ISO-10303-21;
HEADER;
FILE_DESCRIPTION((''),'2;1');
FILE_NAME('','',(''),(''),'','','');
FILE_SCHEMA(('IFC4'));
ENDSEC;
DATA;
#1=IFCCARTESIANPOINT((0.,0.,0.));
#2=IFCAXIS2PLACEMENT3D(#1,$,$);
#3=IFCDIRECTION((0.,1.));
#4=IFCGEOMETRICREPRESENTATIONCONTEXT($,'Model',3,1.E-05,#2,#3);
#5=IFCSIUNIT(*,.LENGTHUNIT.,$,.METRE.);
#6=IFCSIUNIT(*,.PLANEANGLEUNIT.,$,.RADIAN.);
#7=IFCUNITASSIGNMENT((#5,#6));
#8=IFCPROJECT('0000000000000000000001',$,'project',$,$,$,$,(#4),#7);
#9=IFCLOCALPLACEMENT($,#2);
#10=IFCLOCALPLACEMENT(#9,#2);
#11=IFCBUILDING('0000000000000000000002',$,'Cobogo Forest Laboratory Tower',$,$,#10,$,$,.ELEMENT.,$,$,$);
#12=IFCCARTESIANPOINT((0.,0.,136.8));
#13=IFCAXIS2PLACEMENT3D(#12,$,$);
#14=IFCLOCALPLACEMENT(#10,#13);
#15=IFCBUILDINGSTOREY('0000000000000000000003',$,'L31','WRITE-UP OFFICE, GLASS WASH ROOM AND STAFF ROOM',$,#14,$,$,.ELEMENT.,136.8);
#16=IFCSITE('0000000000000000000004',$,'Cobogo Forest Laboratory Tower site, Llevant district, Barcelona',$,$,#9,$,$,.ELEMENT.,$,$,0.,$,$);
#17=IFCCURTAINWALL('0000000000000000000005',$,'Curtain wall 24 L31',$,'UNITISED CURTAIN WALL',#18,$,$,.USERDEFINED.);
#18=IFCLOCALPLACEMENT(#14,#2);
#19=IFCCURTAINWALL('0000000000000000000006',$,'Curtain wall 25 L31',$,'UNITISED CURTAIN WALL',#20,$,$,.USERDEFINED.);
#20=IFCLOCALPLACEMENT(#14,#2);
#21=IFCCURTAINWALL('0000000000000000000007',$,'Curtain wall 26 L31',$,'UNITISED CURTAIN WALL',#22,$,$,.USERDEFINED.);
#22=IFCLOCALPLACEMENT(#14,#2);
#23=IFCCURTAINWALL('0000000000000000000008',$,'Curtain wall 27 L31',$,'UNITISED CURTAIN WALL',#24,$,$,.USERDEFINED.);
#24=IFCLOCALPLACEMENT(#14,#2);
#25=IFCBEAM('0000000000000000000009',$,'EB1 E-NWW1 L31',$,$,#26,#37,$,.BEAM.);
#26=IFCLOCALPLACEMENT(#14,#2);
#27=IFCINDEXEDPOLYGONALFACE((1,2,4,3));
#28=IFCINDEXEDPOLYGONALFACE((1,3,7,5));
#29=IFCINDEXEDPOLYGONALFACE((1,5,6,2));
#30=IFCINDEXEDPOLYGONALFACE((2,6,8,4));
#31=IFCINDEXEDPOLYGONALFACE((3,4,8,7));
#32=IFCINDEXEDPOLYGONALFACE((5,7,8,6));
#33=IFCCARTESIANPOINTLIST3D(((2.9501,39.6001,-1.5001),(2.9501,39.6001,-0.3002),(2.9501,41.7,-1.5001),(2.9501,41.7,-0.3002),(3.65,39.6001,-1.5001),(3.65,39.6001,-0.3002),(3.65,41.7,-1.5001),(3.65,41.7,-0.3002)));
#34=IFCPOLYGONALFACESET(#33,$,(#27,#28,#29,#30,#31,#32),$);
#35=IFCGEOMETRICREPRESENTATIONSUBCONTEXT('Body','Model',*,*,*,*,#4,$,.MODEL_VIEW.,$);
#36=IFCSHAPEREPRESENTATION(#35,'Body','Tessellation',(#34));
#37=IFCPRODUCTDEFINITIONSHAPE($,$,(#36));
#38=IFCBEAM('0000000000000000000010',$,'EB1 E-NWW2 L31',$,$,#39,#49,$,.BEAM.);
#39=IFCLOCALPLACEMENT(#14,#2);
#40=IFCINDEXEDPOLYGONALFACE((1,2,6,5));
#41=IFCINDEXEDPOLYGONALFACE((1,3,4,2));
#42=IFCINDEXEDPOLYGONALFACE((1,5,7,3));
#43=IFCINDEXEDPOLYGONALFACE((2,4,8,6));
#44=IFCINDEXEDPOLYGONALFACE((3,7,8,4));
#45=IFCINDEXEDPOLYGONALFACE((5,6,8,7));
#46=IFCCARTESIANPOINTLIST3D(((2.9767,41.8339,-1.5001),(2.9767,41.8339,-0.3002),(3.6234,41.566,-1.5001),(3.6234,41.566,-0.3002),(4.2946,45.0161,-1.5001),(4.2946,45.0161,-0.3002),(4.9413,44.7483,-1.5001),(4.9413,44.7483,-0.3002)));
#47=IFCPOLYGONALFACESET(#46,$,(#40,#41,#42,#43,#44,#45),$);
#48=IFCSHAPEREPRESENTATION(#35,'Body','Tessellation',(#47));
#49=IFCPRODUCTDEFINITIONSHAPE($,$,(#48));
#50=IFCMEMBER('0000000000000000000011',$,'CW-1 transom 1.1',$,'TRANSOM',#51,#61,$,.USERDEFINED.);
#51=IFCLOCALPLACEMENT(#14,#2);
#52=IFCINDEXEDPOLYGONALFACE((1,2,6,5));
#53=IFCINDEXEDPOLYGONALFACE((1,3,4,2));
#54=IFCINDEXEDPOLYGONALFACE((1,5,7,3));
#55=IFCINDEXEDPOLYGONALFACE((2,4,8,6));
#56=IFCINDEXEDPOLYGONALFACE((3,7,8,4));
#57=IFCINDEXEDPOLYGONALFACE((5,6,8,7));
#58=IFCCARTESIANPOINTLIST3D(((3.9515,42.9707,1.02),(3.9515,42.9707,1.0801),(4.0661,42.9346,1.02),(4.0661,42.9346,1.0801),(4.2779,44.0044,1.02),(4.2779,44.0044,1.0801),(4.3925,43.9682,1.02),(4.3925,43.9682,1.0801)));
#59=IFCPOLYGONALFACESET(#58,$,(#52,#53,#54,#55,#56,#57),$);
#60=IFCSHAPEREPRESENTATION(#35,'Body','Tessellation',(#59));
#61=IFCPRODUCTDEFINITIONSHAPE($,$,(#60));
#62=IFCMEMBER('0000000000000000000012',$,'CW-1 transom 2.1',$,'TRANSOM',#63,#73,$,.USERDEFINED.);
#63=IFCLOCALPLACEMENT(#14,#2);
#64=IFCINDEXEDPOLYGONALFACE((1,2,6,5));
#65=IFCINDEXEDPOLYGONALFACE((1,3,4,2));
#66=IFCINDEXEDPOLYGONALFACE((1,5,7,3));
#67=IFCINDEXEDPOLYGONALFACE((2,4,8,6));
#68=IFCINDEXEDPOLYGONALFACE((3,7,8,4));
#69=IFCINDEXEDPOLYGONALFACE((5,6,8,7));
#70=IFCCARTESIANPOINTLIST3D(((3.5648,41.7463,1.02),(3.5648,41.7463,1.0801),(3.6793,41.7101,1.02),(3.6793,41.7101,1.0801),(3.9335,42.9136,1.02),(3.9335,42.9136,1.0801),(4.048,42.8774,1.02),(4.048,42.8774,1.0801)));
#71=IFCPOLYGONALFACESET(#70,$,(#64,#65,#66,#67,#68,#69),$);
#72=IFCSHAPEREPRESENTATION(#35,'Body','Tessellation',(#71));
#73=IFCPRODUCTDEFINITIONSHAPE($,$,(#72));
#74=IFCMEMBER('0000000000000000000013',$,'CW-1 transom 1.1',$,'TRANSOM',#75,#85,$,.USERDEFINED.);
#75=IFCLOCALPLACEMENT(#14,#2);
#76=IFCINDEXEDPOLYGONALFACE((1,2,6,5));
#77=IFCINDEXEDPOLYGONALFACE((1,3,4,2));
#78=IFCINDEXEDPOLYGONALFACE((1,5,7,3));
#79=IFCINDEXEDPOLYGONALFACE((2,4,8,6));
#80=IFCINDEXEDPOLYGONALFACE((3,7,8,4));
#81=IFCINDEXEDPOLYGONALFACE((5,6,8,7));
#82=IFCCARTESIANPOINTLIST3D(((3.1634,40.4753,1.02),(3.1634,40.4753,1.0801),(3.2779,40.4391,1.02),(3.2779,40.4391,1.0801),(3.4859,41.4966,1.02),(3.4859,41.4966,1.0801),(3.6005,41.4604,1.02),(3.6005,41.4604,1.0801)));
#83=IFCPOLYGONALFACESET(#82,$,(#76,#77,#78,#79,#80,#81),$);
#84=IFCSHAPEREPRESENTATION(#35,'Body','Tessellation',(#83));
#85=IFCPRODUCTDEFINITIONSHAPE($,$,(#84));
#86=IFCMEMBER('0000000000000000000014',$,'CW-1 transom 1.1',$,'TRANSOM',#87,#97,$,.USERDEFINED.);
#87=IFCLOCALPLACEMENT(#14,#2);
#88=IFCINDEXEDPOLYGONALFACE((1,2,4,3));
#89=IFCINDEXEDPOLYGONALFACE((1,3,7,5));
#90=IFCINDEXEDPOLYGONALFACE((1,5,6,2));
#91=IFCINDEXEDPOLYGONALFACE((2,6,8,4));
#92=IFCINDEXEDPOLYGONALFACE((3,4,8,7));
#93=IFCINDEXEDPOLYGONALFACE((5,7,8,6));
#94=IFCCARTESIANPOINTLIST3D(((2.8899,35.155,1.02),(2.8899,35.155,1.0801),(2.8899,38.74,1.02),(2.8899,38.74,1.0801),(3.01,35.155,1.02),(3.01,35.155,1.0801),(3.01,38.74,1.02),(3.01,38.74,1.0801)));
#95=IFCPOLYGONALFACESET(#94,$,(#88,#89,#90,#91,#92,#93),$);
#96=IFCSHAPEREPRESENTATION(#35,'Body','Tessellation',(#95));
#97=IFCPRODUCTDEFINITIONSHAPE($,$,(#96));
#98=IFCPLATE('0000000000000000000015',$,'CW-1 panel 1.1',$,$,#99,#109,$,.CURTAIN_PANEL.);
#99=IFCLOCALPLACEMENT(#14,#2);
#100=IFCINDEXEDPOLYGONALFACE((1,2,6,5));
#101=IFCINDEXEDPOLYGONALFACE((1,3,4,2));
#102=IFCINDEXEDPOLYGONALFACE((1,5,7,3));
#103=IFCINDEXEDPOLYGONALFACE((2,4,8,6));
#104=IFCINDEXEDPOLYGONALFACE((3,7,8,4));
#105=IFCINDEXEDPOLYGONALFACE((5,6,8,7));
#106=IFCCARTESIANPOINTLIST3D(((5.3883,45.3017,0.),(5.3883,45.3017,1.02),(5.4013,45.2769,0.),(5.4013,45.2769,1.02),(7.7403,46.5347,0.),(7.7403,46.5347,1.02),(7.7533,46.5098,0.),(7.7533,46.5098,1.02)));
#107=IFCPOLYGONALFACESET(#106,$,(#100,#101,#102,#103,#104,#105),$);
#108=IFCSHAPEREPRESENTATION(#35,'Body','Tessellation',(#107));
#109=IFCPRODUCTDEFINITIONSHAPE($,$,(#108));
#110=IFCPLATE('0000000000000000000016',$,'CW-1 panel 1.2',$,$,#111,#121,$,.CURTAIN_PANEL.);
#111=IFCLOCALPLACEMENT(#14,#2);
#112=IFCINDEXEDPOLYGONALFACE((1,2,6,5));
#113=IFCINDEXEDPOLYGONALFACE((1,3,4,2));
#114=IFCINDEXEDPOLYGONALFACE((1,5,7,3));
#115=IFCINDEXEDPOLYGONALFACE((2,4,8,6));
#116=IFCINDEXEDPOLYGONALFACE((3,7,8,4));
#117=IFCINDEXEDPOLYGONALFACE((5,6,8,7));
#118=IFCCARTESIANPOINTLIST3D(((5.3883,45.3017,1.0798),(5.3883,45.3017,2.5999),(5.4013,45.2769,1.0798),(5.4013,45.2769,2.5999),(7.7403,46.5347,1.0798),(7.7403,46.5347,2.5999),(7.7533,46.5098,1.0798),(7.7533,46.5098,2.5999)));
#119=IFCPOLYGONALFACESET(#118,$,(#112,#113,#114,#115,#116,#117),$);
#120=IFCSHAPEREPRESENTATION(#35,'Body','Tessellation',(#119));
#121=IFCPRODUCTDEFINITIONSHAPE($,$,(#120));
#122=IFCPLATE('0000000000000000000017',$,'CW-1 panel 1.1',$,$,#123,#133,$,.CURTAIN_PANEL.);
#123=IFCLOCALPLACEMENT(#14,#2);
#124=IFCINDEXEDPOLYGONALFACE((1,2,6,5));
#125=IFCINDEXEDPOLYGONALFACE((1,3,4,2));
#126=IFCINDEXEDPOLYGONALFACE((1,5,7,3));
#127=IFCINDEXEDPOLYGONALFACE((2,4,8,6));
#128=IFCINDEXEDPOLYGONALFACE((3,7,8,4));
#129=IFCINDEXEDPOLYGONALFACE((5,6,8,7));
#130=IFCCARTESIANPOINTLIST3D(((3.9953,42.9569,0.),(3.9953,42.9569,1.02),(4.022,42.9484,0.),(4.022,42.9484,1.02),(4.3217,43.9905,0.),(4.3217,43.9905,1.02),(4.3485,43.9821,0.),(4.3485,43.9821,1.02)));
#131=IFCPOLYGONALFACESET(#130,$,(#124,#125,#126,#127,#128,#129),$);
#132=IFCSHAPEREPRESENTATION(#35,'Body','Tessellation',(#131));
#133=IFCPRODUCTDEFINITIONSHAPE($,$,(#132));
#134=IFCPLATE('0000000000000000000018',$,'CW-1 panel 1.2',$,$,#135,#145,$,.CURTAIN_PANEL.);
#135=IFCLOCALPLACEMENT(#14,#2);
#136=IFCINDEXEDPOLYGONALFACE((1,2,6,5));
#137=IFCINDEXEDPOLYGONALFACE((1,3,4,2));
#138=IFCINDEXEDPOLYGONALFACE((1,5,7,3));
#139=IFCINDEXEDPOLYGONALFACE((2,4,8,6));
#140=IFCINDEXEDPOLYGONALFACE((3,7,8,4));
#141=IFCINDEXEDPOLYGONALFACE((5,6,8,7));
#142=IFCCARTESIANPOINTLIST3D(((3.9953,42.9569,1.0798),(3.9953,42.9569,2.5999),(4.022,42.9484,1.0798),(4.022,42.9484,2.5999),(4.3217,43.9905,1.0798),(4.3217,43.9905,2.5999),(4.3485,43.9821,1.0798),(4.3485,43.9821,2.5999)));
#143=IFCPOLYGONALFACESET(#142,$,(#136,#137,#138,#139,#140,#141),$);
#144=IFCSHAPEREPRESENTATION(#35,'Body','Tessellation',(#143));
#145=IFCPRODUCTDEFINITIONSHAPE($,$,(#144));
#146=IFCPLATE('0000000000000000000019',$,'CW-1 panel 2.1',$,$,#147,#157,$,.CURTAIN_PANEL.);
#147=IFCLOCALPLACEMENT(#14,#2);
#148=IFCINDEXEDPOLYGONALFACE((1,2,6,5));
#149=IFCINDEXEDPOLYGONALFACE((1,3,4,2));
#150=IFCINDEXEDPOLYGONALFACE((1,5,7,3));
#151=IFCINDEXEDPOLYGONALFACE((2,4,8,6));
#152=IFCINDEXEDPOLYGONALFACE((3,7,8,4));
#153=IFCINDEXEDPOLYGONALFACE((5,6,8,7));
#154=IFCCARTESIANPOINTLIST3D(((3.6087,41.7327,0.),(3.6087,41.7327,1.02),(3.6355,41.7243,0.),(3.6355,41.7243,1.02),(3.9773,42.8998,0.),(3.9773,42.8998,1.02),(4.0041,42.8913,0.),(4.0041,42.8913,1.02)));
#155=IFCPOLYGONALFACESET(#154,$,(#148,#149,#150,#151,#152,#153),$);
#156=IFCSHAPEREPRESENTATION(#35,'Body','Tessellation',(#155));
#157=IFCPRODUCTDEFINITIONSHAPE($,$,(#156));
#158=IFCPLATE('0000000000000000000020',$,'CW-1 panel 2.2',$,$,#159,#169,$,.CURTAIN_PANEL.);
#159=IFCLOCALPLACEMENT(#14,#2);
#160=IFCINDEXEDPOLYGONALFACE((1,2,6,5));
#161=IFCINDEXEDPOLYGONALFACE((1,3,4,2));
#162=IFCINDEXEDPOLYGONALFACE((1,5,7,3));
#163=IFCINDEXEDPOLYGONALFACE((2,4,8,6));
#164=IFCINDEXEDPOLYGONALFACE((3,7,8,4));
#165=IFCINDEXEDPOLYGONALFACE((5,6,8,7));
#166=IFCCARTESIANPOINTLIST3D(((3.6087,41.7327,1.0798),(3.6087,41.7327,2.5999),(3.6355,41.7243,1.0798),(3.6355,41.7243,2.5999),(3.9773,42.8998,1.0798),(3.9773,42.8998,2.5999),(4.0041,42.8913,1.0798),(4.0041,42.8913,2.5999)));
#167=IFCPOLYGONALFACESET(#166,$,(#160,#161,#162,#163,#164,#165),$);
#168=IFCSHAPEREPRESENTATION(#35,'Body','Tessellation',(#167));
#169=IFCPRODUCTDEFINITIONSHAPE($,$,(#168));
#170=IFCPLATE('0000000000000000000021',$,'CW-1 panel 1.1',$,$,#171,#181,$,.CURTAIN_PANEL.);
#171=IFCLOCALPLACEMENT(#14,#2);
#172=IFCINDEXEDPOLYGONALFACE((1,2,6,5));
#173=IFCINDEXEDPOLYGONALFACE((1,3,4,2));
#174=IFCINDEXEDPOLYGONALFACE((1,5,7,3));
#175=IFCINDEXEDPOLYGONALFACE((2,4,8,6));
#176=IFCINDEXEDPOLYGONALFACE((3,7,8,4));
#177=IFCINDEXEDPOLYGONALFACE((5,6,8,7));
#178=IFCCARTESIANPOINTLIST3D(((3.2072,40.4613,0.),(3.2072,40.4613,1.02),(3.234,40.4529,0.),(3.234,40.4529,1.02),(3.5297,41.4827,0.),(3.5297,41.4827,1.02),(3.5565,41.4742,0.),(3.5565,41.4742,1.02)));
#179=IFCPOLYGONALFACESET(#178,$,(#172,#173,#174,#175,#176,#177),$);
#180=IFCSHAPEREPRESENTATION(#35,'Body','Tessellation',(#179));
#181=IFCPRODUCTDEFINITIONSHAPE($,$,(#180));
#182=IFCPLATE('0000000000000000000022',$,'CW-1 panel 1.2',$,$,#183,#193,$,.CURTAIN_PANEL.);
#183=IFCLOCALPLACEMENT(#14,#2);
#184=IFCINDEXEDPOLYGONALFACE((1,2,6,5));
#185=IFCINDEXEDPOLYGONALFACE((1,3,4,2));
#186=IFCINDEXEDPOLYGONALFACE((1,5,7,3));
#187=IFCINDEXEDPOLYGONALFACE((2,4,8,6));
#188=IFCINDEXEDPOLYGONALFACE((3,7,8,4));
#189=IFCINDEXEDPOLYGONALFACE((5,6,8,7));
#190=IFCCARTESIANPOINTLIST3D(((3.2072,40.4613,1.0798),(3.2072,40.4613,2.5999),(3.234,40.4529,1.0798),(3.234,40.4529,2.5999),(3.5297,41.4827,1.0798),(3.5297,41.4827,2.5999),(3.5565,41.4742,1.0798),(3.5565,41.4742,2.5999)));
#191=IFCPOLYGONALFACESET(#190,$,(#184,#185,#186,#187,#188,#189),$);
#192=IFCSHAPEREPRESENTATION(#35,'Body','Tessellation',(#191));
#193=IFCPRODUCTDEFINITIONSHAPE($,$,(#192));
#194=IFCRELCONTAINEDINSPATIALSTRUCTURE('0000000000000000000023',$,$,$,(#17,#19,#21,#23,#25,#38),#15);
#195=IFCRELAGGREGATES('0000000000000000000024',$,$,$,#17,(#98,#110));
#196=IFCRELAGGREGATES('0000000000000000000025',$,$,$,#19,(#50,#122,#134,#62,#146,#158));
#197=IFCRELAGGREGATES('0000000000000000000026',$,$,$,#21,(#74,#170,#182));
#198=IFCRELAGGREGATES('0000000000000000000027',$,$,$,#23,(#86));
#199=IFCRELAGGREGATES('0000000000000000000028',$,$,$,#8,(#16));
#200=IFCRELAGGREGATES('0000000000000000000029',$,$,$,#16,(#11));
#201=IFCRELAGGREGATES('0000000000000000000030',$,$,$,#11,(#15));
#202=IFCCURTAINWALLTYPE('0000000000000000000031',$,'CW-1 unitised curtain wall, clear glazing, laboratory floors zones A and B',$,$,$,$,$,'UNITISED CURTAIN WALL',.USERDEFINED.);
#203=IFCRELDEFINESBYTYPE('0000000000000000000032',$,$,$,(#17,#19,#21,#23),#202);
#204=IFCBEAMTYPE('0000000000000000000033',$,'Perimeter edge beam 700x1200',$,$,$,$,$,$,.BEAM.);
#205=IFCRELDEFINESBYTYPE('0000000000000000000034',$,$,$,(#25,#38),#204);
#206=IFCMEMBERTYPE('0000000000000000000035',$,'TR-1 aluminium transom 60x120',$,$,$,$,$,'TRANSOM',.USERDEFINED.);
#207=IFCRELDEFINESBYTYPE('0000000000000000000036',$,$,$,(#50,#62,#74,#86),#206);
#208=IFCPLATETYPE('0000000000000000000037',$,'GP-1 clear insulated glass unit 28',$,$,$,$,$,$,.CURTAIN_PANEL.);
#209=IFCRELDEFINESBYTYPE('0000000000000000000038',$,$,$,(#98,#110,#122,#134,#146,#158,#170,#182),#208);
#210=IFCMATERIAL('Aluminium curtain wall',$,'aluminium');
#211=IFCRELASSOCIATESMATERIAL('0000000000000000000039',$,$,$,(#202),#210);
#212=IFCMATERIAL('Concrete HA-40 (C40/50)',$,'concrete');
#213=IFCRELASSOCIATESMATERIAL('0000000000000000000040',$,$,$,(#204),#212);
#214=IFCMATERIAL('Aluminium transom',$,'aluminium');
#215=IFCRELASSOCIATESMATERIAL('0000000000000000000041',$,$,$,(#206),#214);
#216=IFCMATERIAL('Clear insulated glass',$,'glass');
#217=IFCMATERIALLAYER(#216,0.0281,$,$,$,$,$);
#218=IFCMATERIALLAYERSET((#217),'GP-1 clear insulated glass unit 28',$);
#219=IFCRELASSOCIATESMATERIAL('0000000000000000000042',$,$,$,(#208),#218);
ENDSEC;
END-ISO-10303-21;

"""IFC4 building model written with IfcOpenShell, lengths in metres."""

from ifc_helpers import new_model, si_unit, direction, frame, origin, origin_2d, place, context, subcontext, project, spatial, rectangle, extrude, material, layer, layer_set, material_profile, profile_set, type_object, element, aggregate, save


model = new_model("IFC4")

# Units and contexts
model_context = context("Model", 3, precision=1e-05, world=origin(), true_north=direction((0.0, 1.0)))
body_context = subcontext(model_context, "Body", "Model", "MODEL_VIEW")
ifc_project = project(units=[si_unit("LENGTHUNIT", "METRE"), si_unit("PLANEANGLEUNIT", "RADIAN")], contexts=[model_context])

# Site, building, storey
site_placement = place(None, origin())
site = spatial("IfcSite", under=ifc_project, at=site_placement, Name="Cobogo Forest Laboratory Tower site, Llevant district, Barcelona", CompositionType="ELEMENT", RefElevation=0.0)
building_placement = place(site_placement, origin())
building = spatial("IfcBuilding", under=site, at=building_placement, Name="Cobogo Forest Laboratory Tower", CompositionType="ELEMENT")
storey_placement = place(building_placement, frame((0.0, 0.0, 136.8)))
storey = spatial("IfcBuildingStorey", under=building, at=storey_placement, Name="L31", Description="WRITE-UP OFFICE, GLASS WASH ROOM AND STAFF ROOM", CompositionType="ELEMENT", Elevation=136.8)

# Curtain wall
ifc_material_1 = material(Name="Aluminium curtain wall", Category="aluminium")
curtain_wall_type = type_object("IfcCurtainWallType", Name="CW-1 unitised curtain wall, clear glazing, laboratory floors zones A and B", ElementType="UNITISED CURTAIN WALL", PredefinedType="USERDEFINED", material=ifc_material_1)
curtain_wall_1_placement = place(storey_placement, origin())
curtain_wall_1 = element("IfcCurtainWall", 1, at=curtain_wall_1_placement, inside=storey, type_object=curtain_wall_type, Name="Curtain wall 24 L31", ObjectType="UNITISED CURTAIN WALL", PredefinedType="USERDEFINED")

# Curtain walls
curtain_wall_2_placement = place(storey_placement, origin())
curtain_wall_2 = element("IfcCurtainWall", 2, at=curtain_wall_2_placement, inside=storey, type_object=curtain_wall_type, Name="Curtain wall 25 L31", ObjectType="UNITISED CURTAIN WALL", PredefinedType="USERDEFINED")
curtain_wall_3_placement = place(storey_placement, origin())
curtain_wall_3 = element("IfcCurtainWall", 3, at=curtain_wall_3_placement, inside=storey, type_object=curtain_wall_type, Name="Curtain wall 26 L31", ObjectType="UNITISED CURTAIN WALL", PredefinedType="USERDEFINED")
curtain_wall_4_placement = place(storey_placement, origin())
curtain_wall_4 = element("IfcCurtainWall", 4, at=curtain_wall_4_placement, inside=storey, type_object=curtain_wall_type, Name="Curtain wall 27 L31", ObjectType="UNITISED CURTAIN WALL", PredefinedType="USERDEFINED")

# Beams
ifc_material_2 = material(Name="Concrete HA-40 (C40/50)", Category="concrete")
ifc_material_profile_1 = material_profile(ifc_material_2, rectangle(XDim=0.7, YDim=1.2, at=origin_2d()), Name="RC 700x1200")
ifc_profile_set_1 = profile_set([ifc_material_profile_1], Name="Concrete HA-40 (C40/50)")
beam_type_1 = type_object("IfcBeamType", Name="Perimeter edge beam 700x1200", PredefinedType="BEAM", material=ifc_profile_set_1)
beam_1_placement = place(storey_placement, frame((3.3, 39.6001, -0.9001), z_axis=(0.0, 1.0, 0.0), x_axis=(-1.0, 0.0, 0.0)))
element("IfcBeam", 5, at=beam_1_placement, inside=storey, type_object=beam_type_1, Name="EB1 E-NWW1 L31", PredefinedType="BEAM", context=body_context, shape_type="SweptSolid", body=[
    extrude(rectangle(XDim=0.7, YDim=1.2, at=origin_2d()), origin(), (0.0, 0.0, 1.0), 2.0999),
])
beam_2_placement = place(storey_placement, frame((3.3, 41.7, -0.9001), z_axis=(0.382631, 0.923901, 0.0), x_axis=(-0.923901, 0.382631, 0.0)))
element("IfcBeam", 6, at=beam_2_placement, inside=storey, type_object=beam_type_1, Name="EB1 E-NWW2 L31", PredefinedType="BEAM", context=body_context, shape_type="SweptSolid", body=[
    extrude(rectangle(XDim=0.7, YDim=1.2, at=origin_2d()), origin(), (0.0, 0.0, 1.0), 3.4443),
])

# Members
ifc_material_3 = material(Name="Aluminium transom", Category="aluminium")
ifc_material_profile_2 = material_profile(ifc_material_3, rectangle(XDim=0.1201, YDim=0.0601, at=origin_2d()), Name="AL 60x120")
ifc_profile_set_2 = profile_set([ifc_material_profile_2], Name="Aluminium transom")
member_type_1 = type_object("IfcMemberType", Name="TR-1 aluminium transom 60x120", ElementType="TRANSOM", PredefinedType="USERDEFINED", material=ifc_profile_set_2)
member_1_placement = place(storey_placement, frame((4.3352, 43.9863, 1.05), z_axis=(-0.301121, -0.953586, 0.0), x_axis=(0.953586, -0.301121, 0.0)))
member_1 = element("IfcMember", 7, at=member_1_placement, type_object=member_type_1, Name="CW-1 transom 1.1", ObjectType="TRANSOM", PredefinedType="USERDEFINED", context=body_context, shape_type="SweptSolid", body=[
    extrude(rectangle(XDim=0.1201, YDim=0.0601, at=origin_2d()), origin(), (0.0, 0.0, 1.0), 1.084),
])
member_2_placement = place(storey_placement, frame((3.9907, 42.8955, 1.05), z_axis=(-0.30117, -0.953571, 0.0), x_axis=(0.953571, -0.30117, 0.0)))
member_2 = element("IfcMember", 8, at=member_2_placement, type_object=member_type_1, Name="CW-1 transom 2.1", ObjectType="TRANSOM", PredefinedType="USERDEFINED", context=body_context, shape_type="SweptSolid", body=[
    extrude(rectangle(XDim=0.1201, YDim=0.0601, at=origin_2d()), origin(), (0.0, 0.0, 1.0), 1.2241),
])
member_3_placement = place(storey_placement, frame((3.5432, 41.4785, 1.05), z_axis=(-0.301142, -0.953579, 0.0), x_axis=(0.953579, -0.301142, 0.0)))
member_3 = element("IfcMember", 9, at=member_3_placement, type_object=member_type_1, Name="CW-1 transom 1.1", ObjectType="TRANSOM", PredefinedType="USERDEFINED", context=body_context, shape_type="SweptSolid", body=[
    extrude(rectangle(XDim=0.1201, YDim=0.0601, at=origin_2d()), origin(), (0.0, 0.0, 1.0), 1.071),
])
member_4_placement = place(storey_placement, frame((2.95, 38.74, 1.05), z_axis=(0.0, -1.0, 0.0), x_axis=(1.0, 0.0, 0.0)))
member_4 = element("IfcMember", 10, at=member_4_placement, type_object=member_type_1, Name="CW-1 transom 1.1", ObjectType="TRANSOM", PredefinedType="USERDEFINED", context=body_context, shape_type="SweptSolid", body=[
    extrude(rectangle(XDim=0.1201, YDim=0.0601, at=origin_2d()), origin(), (0.0, 0.0, 1.0), 3.585),
])

# Plates
ifc_material_4 = material(Name="Clear insulated glass", Category="glass")
ifc_layer_1 = layer(ifc_material_4, 0.0281)
ifc_layer_set_1 = layer_set([ifc_layer_1], Name="GP-1 clear insulated glass unit 28")
plate_type = type_object("IfcPlateType", Name="GP-1 clear insulated glass unit 28", PredefinedType="CURTAIN_PANEL", material=ifc_layer_set_1)
plate_1_placement = place(storey_placement, frame((6.5708, 45.9058, 0.0), z_axis=(0.0, 0.0, 1.0), x_axis=(-0.885687, -0.464284, 0.0)))
plate_1 = element("IfcPlate", 11, at=plate_1_placement, type_object=plate_type, Name="CW-1 panel 1.1", PredefinedType="CURTAIN_PANEL", context=body_context, shape_type="SweptSolid", body=[
    extrude(rectangle(XDim=2.6555, YDim=0.0281, at=origin_2d()), origin(), (0.0, 0.0, 1.0), 1.02),
])
plate_2_placement = place(storey_placement, frame((6.5708, 45.9058, 1.0798), z_axis=(0.0, 0.0, 1.0), x_axis=(-0.885687, -0.464284, 0.0)))
plate_2 = element("IfcPlate", 12, at=plate_2_placement, type_object=plate_type, Name="CW-1 panel 1.2", PredefinedType="CURTAIN_PANEL", context=body_context, shape_type="SweptSolid", body=[
    extrude(rectangle(XDim=2.6555, YDim=0.0281, at=origin_2d()), origin(), (0.0, 0.0, 1.0), 1.52),
])
aggregate(curtain_wall_1, [plate_1, plate_2])
plate_3_placement = place(storey_placement, frame((4.1719, 43.4695, 0.0), z_axis=(0.0, 0.0, 1.0), x_axis=(-0.301135, -0.953581, 0.0)))
plate_3 = element("IfcPlate", 13, at=plate_3_placement, type_object=plate_type, Name="CW-1 panel 1.1", PredefinedType="CURTAIN_PANEL", context=body_context, shape_type="SweptSolid", body=[
    extrude(rectangle(XDim=1.084, YDim=0.0281, at=origin_2d()), origin(), (0.0, 0.0, 1.0), 1.02),
])
plate_4_placement = place(storey_placement, frame((4.1719, 43.4695, 1.0798), z_axis=(0.0, 0.0, 1.0), x_axis=(-0.301135, -0.953581, 0.0)))
plate_4 = element("IfcPlate", 14, at=plate_4_placement, type_object=plate_type, Name="CW-1 panel 1.2", PredefinedType="CURTAIN_PANEL", context=body_context, shape_type="SweptSolid", body=[
    extrude(rectangle(XDim=1.084, YDim=0.0281, at=origin_2d()), origin(), (0.0, 0.0, 1.0), 1.52),
])
plate_5_placement = place(storey_placement, frame((3.8064, 42.312, 0.0), z_axis=(0.0, 0.0, 1.0), x_axis=(-0.301135, -0.953581, 0.0)))
plate_5 = element("IfcPlate", 15, at=plate_5_placement, type_object=plate_type, Name="CW-1 panel 2.1", PredefinedType="CURTAIN_PANEL", context=body_context, shape_type="SweptSolid", body=[
    extrude(rectangle(XDim=1.2239, YDim=0.0281, at=origin_2d()), origin(), (0.0, 0.0, 1.0), 1.02),
])
plate_6_placement = place(storey_placement, frame((3.8064, 42.312, 1.0798), z_axis=(0.0, 0.0, 1.0), x_axis=(-0.301135, -0.953581, 0.0)))
plate_6 = element("IfcPlate", 16, at=plate_6_placement, type_object=plate_type, Name="CW-1 panel 2.2", PredefinedType="CURTAIN_PANEL", context=body_context, shape_type="SweptSolid", body=[
    extrude(rectangle(XDim=1.2239, YDim=0.0281, at=origin_2d()), origin(), (0.0, 0.0, 1.0), 1.52),
])
aggregate(curtain_wall_2, [member_1, plate_3, plate_4, member_2, plate_5, plate_6])
plate_7_placement = place(storey_placement, frame((3.3818, 40.9678, 0.0), z_axis=(0.0, 0.0, 1.0), x_axis=(-0.301136, -0.953581, 0.0)))
plate_7 = element("IfcPlate", 17, at=plate_7_placement, type_object=plate_type, Name="CW-1 panel 1.1", PredefinedType="CURTAIN_PANEL", context=body_context, shape_type="SweptSolid", body=[
    extrude(rectangle(XDim=1.071, YDim=0.0281, at=origin_2d()), origin(), (0.0, 0.0, 1.0), 1.02),
])
plate_8_placement = place(storey_placement, frame((3.3818, 40.9678, 1.0798), z_axis=(0.0, 0.0, 1.0), x_axis=(-0.301136, -0.953581, 0.0)))
plate_8 = element("IfcPlate", 18, at=plate_8_placement, type_object=plate_type, Name="CW-1 panel 1.2", PredefinedType="CURTAIN_PANEL", context=body_context, shape_type="SweptSolid", body=[
    extrude(rectangle(XDim=1.071, YDim=0.0281, at=origin_2d()), origin(), (0.0, 0.0, 1.0), 1.52),
])
aggregate(curtain_wall_3, [member_3, plate_7, plate_8])
aggregate(curtain_wall_4, [member_4])

save(model, "model.ifc")
